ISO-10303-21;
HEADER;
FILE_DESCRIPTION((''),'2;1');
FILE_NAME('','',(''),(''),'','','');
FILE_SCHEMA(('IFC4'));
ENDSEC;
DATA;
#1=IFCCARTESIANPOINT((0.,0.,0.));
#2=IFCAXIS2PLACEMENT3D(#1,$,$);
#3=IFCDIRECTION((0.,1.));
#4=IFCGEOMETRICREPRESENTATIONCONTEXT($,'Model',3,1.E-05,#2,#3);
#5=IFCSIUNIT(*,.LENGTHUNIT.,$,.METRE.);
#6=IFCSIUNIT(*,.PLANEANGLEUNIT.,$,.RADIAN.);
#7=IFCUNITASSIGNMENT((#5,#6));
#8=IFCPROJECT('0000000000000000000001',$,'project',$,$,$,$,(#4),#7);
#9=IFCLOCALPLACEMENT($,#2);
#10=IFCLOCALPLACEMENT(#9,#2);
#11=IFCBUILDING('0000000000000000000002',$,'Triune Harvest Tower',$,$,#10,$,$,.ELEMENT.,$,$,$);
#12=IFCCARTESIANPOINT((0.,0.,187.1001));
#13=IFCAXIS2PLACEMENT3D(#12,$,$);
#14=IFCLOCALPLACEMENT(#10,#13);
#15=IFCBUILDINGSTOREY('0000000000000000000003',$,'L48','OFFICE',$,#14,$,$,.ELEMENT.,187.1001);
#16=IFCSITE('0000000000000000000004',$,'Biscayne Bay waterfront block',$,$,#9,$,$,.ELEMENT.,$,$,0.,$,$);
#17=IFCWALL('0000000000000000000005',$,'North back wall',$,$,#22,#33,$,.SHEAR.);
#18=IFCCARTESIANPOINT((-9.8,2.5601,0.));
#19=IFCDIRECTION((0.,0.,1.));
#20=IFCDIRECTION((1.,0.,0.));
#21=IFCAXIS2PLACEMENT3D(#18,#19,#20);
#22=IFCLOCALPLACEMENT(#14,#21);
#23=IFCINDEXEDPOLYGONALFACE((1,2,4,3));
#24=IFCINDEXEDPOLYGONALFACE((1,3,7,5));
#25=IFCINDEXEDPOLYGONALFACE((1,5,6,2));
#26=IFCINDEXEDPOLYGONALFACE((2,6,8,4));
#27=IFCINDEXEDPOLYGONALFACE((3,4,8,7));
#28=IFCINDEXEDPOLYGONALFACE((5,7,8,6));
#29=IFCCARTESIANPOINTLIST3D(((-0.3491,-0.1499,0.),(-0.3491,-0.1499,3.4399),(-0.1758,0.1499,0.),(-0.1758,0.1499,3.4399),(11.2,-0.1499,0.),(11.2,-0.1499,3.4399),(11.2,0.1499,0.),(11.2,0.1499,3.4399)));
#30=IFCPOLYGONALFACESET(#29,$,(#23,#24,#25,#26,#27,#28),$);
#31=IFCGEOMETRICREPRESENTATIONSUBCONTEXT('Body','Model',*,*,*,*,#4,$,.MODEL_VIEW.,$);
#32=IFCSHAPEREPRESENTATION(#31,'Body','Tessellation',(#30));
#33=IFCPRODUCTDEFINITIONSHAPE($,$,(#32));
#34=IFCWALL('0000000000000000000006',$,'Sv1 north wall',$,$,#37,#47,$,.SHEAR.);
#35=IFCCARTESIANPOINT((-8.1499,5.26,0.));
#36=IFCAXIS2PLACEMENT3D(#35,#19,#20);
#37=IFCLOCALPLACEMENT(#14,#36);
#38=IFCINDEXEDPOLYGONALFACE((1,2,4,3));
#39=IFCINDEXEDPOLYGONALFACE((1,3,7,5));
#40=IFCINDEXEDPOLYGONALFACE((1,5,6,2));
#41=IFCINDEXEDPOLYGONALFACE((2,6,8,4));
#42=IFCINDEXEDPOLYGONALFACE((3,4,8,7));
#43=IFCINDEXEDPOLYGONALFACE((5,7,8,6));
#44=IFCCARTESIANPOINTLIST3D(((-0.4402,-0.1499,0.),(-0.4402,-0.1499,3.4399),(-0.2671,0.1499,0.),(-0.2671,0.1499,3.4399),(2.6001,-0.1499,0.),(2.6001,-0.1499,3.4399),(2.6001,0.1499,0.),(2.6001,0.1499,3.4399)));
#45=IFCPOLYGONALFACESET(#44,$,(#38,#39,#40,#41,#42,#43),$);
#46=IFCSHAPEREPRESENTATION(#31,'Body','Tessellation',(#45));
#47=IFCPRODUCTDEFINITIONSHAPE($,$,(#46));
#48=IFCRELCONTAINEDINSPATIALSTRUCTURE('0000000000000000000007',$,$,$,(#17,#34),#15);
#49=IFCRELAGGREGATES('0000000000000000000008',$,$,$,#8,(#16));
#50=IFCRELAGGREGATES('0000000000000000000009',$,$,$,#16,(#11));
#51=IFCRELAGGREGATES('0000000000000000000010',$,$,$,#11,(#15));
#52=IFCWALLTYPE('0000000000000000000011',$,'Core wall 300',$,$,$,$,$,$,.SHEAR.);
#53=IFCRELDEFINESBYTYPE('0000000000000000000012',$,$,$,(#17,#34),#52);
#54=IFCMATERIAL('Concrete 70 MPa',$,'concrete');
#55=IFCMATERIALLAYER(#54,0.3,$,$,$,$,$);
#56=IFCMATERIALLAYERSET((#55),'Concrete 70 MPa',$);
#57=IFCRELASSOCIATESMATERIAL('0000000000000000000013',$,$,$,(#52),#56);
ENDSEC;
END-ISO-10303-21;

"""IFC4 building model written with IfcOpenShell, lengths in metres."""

from ifc_helpers import new_model, si_unit, direction, frame, origin, place, context, subcontext, project, spatial, polyline, outline, extrude, source, transform, mapped, material, layer, layer_set, type_object, element, save


model = new_model("IFC4")

# Units and contexts
model_context = context("Model", 3, precision=1e-05, world=origin(), true_north=direction((0.0, 1.0)))
body_context = subcontext(model_context, "Body", "Model", "MODEL_VIEW")
ifc_project = project(units=[si_unit("LENGTHUNIT", "METRE"), si_unit("PLANEANGLEUNIT", "RADIAN")], contexts=[model_context])

# Site, building, storey
site_placement = place(None, origin())
site = spatial("IfcSite", under=ifc_project, at=site_placement, Name="Biscayne Bay waterfront block", CompositionType="ELEMENT", RefElevation=0.0)
building_placement = place(site_placement, origin())
building = spatial("IfcBuilding", under=site, at=building_placement, Name="Triune Harvest Tower", CompositionType="ELEMENT")
storey_placement = place(building_placement, frame((0.0, 0.0, 187.1001)))
storey = spatial("IfcBuildingStorey", under=building, at=storey_placement, Name="L48", Description="OFFICE", CompositionType="ELEMENT", Elevation=187.1001)

# Walls
ifc_material_1 = material(Name="Concrete 70 MPa", Category="concrete")
ifc_layer_1 = layer(ifc_material_1, 0.3)
ifc_layer_set_1 = layer_set([ifc_layer_1], Name="Concrete 70 MPa")
wall_type_1 = type_object("IfcWallType", Name="Core wall 300", PredefinedType="SHEAR", material=ifc_layer_set_1)
shared_shape_1 = source(origin(), body_context, "Body", "SweptSolid", [
    extrude(outline(polyline([(11.2, -0.1499), (-0.3491, -0.1499), (-0.1758, 0.1499), (11.2, 0.1499), (11.2, -0.1499)])), origin(), (0.0, 0.0, 1.0), 3.4399),
])
wall_1_placement = place(storey_placement, frame((-9.8, 2.5601, 0.0), z_axis=(0.0, 0.0, 1.0), x_axis=(1.0, 0.0, 0.0)))
element("IfcWall", 1, at=wall_1_placement, inside=storey, type_object=wall_type_1, Name="North back wall", PredefinedType="SHEAR", context=body_context, shape_type="MappedRepresentation", body=[
    mapped(shared_shape_1, transform((0.0, 0.0, 0.0), scale=1.0)),
])
shared_shape_2 = source(origin(), body_context, "Body", "SweptSolid", [
    extrude(outline(polyline([(2.6001, -0.1499), (-0.4402, -0.1499), (-0.2671, 0.1499), (2.6001, 0.1499), (2.6001, -0.1499)])), origin(), (0.0, 0.0, 1.0), 3.4399),
])
wall_2_placement = place(storey_placement, frame((-8.1499, 5.26, 0.0), z_axis=(0.0, 0.0, 1.0), x_axis=(1.0, 0.0, 0.0)))
element("IfcWall", 2, at=wall_2_placement, inside=storey, type_object=wall_type_1, Name="Sv1 north wall", PredefinedType="SHEAR", context=body_context, shape_type="MappedRepresentation", body=[
    mapped(shared_shape_2, transform((0.0, 0.0, 0.0), scale=1.0)),
])

save(model, "model.ifc")
